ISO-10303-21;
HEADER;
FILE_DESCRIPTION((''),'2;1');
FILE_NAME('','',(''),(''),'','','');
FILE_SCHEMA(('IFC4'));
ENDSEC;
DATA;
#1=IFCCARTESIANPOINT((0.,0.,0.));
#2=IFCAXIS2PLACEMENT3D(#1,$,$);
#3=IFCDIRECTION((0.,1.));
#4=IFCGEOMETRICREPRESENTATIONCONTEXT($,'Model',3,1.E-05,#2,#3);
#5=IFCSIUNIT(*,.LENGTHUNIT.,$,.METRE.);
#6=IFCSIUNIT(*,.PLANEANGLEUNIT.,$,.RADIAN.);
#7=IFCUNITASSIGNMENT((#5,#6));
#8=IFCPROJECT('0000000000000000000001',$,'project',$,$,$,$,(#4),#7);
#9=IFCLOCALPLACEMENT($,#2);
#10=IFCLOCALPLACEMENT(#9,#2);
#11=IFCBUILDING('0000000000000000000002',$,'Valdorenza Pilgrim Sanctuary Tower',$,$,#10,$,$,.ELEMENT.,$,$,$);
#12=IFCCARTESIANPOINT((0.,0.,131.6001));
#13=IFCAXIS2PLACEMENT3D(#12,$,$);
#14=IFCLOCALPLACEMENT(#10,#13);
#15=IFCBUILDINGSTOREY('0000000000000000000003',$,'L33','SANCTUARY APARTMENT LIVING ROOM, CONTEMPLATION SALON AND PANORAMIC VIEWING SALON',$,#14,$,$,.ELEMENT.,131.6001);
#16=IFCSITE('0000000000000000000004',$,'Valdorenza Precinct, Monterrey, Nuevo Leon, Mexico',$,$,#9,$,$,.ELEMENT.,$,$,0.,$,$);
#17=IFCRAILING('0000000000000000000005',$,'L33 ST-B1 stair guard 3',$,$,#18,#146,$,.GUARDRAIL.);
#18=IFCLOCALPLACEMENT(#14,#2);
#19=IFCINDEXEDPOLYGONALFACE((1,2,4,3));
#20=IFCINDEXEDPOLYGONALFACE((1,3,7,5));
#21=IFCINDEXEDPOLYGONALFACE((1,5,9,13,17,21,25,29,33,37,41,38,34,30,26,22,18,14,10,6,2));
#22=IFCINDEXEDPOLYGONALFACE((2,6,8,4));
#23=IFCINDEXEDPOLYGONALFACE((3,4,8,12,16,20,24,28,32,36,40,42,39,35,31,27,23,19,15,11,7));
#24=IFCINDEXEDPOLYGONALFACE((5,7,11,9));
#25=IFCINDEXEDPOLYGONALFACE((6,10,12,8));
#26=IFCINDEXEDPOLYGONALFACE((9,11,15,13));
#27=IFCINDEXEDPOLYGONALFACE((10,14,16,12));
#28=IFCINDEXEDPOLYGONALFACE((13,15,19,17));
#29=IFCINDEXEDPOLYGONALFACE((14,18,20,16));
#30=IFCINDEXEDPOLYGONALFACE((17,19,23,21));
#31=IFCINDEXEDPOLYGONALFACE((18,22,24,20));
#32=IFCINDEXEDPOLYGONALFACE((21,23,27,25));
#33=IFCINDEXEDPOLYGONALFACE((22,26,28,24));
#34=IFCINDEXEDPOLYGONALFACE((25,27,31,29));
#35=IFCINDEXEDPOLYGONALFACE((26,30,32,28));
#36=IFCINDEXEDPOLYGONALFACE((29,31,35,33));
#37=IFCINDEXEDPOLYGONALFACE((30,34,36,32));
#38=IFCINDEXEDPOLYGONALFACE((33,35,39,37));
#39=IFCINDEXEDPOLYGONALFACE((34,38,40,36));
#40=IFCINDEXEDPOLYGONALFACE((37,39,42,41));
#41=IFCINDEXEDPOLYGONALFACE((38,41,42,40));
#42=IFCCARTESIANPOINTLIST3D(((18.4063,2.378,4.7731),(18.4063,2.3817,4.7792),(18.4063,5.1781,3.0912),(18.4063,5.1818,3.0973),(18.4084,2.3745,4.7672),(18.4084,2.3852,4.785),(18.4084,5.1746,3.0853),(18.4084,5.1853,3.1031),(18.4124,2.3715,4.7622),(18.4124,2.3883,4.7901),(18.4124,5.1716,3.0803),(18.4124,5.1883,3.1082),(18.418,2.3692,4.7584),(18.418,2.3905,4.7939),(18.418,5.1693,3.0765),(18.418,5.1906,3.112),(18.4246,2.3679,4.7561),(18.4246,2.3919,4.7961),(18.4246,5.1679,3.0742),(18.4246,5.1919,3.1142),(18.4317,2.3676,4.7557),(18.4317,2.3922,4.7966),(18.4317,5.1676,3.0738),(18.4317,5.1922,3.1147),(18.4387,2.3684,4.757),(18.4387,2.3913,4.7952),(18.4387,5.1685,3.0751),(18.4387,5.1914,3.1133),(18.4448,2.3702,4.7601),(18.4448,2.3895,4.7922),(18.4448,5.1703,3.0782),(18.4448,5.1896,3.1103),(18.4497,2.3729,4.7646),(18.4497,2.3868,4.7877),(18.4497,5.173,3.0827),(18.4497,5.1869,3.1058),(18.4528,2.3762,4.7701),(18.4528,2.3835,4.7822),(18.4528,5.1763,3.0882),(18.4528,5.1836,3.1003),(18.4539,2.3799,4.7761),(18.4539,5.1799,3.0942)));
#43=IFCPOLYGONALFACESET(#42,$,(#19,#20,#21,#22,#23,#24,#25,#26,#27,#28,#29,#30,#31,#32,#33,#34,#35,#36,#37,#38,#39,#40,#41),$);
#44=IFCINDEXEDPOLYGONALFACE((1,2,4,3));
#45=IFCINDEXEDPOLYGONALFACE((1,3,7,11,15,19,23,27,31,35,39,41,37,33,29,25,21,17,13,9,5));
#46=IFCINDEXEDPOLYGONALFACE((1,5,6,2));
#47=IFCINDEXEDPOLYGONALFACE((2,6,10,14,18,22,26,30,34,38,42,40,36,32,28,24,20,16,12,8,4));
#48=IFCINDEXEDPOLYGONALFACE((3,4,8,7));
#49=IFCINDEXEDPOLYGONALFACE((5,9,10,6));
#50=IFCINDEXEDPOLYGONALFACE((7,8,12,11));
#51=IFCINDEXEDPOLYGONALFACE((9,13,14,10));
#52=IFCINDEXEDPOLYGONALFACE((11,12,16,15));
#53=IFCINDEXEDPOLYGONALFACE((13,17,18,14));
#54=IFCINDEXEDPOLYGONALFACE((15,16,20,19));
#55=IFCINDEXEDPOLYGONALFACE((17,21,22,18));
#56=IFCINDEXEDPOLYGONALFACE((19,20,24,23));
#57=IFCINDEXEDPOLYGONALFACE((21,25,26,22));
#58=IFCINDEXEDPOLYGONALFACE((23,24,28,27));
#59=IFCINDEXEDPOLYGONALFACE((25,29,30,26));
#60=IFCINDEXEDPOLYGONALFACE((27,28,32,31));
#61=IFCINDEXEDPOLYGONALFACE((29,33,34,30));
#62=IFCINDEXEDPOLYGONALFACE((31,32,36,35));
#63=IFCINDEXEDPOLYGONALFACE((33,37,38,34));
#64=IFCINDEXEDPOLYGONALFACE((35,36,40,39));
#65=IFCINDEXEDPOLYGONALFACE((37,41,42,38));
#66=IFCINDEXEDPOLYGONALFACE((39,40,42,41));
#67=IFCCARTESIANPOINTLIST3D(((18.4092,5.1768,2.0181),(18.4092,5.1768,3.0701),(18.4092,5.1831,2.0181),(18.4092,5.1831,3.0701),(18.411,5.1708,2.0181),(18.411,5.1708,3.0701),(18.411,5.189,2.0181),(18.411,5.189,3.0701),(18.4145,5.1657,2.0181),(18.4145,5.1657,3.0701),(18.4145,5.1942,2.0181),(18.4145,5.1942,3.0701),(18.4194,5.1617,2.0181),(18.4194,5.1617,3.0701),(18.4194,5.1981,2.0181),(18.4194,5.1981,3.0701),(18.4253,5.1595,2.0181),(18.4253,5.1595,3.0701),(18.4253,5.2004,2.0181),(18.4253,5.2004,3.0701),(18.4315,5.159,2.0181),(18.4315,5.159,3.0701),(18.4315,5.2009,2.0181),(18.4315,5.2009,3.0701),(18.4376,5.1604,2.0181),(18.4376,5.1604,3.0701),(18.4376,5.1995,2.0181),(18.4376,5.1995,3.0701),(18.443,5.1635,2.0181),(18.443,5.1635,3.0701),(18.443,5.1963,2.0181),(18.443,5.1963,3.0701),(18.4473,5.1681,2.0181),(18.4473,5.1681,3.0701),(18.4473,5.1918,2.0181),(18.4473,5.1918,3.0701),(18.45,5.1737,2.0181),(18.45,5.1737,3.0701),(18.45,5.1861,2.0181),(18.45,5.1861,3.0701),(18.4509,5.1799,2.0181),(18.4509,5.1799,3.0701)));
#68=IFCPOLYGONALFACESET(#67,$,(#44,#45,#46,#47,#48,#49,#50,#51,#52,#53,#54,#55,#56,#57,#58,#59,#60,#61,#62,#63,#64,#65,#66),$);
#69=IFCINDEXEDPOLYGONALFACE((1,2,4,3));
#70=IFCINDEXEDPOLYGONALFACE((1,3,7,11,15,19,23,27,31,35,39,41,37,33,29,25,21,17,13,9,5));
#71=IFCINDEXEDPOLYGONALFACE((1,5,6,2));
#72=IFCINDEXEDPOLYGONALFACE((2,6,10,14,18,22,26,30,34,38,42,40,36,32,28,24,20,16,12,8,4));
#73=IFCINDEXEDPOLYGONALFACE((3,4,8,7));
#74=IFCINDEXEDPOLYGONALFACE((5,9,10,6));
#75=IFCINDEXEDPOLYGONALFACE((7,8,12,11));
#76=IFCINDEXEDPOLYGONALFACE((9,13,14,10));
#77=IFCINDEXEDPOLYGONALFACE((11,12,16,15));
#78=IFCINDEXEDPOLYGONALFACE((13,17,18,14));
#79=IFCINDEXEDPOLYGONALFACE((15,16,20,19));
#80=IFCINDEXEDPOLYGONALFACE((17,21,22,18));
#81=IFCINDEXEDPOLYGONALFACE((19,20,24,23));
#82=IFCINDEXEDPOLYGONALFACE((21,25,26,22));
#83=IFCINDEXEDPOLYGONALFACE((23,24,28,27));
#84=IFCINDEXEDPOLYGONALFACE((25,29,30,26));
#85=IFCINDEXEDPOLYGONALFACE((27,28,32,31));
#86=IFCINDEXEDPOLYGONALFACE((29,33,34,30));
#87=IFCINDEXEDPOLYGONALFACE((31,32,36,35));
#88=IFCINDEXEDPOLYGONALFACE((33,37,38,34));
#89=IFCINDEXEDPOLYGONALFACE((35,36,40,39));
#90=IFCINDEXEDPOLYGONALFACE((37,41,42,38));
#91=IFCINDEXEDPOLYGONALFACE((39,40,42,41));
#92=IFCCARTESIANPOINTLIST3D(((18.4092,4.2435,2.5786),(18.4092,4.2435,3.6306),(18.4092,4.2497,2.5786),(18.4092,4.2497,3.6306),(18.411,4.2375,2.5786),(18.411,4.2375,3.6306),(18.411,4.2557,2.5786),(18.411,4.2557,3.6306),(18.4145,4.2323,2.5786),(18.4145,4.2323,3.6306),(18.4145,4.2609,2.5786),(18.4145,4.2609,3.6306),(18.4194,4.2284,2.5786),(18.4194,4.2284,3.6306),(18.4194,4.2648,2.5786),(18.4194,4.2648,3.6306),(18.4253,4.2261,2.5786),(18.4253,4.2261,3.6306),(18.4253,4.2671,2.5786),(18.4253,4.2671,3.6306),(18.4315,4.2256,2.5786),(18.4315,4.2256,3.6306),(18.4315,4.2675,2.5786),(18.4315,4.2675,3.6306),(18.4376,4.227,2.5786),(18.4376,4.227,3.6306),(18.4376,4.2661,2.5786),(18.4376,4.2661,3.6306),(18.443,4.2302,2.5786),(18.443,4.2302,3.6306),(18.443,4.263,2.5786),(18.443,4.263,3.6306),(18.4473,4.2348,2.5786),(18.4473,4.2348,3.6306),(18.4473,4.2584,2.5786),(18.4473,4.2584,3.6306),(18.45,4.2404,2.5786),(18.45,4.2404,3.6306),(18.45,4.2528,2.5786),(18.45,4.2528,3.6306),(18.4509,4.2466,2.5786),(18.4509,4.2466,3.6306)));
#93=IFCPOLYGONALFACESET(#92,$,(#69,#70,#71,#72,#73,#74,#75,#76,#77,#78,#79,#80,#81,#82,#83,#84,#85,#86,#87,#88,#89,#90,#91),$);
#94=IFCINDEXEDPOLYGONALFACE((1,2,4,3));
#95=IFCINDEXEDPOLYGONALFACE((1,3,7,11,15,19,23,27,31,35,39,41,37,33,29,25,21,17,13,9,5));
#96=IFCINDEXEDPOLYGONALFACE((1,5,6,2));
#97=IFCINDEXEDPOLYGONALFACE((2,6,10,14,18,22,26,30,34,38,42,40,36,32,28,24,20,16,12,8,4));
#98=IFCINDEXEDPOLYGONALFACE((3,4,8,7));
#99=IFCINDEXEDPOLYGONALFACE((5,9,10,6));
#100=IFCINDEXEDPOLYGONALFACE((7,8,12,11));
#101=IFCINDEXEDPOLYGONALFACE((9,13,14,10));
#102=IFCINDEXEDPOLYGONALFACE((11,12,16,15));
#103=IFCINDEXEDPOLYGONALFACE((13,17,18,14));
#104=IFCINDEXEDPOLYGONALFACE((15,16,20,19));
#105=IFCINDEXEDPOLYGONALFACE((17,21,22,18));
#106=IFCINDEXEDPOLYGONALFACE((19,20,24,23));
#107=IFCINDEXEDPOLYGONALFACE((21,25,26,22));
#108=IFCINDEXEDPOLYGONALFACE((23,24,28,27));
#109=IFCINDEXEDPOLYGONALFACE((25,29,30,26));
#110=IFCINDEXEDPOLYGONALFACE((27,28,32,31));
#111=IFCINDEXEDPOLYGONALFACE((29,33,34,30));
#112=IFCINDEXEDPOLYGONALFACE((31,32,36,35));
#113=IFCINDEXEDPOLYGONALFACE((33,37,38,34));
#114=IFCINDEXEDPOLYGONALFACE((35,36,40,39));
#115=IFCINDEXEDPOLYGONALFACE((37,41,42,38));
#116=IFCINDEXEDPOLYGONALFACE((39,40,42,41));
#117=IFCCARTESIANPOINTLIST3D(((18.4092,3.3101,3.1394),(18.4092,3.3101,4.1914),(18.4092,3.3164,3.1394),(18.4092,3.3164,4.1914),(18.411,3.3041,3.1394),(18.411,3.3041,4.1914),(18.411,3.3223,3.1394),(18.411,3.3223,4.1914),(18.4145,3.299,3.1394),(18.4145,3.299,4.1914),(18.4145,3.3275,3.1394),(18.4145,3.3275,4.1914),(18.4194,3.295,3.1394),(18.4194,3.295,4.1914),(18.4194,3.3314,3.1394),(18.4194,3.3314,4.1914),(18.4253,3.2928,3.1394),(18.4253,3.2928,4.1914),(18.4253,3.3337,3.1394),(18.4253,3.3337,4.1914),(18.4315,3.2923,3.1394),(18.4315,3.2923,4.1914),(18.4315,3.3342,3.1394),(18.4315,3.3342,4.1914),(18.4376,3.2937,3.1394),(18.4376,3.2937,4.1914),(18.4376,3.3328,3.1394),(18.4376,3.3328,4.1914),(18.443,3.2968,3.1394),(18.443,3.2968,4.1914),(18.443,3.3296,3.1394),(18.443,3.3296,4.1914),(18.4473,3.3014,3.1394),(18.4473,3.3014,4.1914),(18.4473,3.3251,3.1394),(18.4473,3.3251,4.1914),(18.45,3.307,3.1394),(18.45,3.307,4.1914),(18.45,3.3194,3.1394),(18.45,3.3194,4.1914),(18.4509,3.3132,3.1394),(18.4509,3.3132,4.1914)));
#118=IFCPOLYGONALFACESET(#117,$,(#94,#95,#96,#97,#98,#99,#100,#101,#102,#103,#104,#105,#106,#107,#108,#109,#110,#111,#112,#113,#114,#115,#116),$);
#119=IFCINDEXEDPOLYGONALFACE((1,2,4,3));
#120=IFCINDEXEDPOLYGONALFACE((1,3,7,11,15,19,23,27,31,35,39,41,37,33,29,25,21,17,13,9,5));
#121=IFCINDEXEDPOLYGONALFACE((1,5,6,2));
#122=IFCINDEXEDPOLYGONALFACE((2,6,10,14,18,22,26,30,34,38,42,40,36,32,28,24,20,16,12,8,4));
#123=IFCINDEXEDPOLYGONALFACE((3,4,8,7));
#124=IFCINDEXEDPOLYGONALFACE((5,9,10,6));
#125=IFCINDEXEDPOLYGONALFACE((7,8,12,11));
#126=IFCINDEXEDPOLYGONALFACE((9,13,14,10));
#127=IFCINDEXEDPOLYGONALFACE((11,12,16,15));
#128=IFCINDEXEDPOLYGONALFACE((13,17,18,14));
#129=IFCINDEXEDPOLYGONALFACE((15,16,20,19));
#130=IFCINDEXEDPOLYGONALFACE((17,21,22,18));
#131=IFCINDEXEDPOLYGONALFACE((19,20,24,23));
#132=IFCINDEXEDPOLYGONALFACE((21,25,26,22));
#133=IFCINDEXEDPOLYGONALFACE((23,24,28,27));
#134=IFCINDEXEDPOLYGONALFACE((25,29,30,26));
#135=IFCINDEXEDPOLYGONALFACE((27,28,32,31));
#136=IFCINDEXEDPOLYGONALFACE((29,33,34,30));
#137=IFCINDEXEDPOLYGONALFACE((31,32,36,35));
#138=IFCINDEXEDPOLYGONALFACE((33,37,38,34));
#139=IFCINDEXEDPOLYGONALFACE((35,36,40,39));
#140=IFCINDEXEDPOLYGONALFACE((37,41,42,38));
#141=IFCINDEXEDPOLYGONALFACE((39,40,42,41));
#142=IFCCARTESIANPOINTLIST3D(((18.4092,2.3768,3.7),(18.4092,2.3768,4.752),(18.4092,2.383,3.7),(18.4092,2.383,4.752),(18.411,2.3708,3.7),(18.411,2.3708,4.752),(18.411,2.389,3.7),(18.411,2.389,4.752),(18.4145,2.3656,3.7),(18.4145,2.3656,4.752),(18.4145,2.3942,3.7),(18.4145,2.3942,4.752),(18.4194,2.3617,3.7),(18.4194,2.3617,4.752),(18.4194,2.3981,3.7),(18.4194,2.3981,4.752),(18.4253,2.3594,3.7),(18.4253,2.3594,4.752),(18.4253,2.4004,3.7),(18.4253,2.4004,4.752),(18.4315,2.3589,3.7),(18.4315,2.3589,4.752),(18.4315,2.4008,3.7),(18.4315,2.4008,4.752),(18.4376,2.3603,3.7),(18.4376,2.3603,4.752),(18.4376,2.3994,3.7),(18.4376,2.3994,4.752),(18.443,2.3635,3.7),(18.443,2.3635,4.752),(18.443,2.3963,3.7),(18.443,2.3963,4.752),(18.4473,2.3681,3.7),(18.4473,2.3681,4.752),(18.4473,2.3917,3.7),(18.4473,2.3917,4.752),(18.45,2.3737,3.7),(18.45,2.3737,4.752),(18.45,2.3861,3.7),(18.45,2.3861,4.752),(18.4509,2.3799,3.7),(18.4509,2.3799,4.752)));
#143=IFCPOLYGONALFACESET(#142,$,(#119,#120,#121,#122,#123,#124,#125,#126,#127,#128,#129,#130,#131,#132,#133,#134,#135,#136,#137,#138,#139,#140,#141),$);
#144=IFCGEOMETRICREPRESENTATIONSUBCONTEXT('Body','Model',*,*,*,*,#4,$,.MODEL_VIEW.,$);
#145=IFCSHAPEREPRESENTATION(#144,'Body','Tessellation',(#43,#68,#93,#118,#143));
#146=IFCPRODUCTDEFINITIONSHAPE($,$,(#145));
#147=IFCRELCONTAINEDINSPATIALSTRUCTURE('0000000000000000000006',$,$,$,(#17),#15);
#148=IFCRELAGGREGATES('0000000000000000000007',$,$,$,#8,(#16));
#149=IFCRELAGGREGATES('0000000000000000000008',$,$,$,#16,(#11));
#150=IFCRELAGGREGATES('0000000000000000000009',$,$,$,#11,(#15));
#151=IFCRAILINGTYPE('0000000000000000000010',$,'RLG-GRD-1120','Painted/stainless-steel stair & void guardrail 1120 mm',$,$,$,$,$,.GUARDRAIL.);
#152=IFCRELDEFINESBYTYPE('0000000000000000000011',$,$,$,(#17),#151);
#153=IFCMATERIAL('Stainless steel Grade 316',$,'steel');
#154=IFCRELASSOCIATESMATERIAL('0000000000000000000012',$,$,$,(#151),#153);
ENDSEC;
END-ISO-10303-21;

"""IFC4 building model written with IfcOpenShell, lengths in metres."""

from ifc_helpers import new_model, si_unit, direction, frame, origin, origin_2d, place, context, subcontext, project, spatial, circle, extrude, material, type_object, element, save


model = new_model("IFC4")

# Units and contexts
model_context = context("Model", 3, precision=1e-05, world=origin(), true_north=direction((0.0, 1.0)))
body_context = subcontext(model_context, "Body", "Model", "MODEL_VIEW")
ifc_project = project(units=[si_unit("LENGTHUNIT", "METRE"), si_unit("PLANEANGLEUNIT", "RADIAN")], contexts=[model_context])

# Site, building, storey
site_placement = place(None, origin())
site = spatial("IfcSite", under=ifc_project, at=site_placement, Name="Valdorenza Precinct, Monterrey, Nuevo Leon, Mexico", CompositionType="ELEMENT", RefElevation=0.0)
building_placement = place(site_placement, origin())
building = spatial("IfcBuilding", under=site, at=building_placement, Name="Valdorenza Pilgrim Sanctuary Tower", CompositionType="ELEMENT")
storey_placement = place(building_placement, frame((0.0, 0.0, 131.6001)))
storey = spatial("IfcBuildingStorey", under=building, at=storey_placement, Name="L33", Description="SANCTUARY APARTMENT LIVING ROOM, CONTEMPLATION SALON AND PANORAMIC VIEWING SALON", CompositionType="ELEMENT", Elevation=131.6001)

# Railing
ifc_material_1 = material(Name="Stainless steel Grade 316", Category="steel")
railing_type_1 = type_object("IfcRailingType", Name="RLG-GRD-1120", Description="Painted/stainless-steel stair & void guardrail 1120 mm", PredefinedType="GUARDRAIL", material=ifc_material_1)
railing_1_placement = place(storey_placement, frame((18.4299, 5.1799, 2.0181)))
element("IfcRailing", 1, at=railing_1_placement, inside=storey, type_object=railing_type_1, Name="L33 ST-B1 stair guard 3", PredefinedType="GUARDRAIL", context=body_context, shape_type="SweptSolid", body=[
    extrude(circle(Radius=0.0239, at=origin_2d()), frame((0.0, 0.0, 1.0762), z_axis=(0.0, -0.857242, 0.514913), x_axis=(1.0, 0.0, 0.0)), (0.0, 0.0, 1.0), 3.2664),
    extrude(circle(Radius=0.021, at=origin_2d()), origin(), (0.0, 0.0, 1.0), 1.052),
    extrude(circle(Radius=0.021, at=origin_2d()), frame((0.0, -0.9333, 0.5605)), (0.0, 0.0, 1.0), 1.052),
    extrude(circle(Radius=0.021, at=origin_2d()), frame((0.0, -1.8667, 1.1213)), (0.0, 0.0, 1.0), 1.052),
    extrude(circle(Radius=0.021, at=origin_2d()), frame((0.0, -2.8, 1.6819)), (0.0, 0.0, 1.0), 1.052),
])

save(model, "model.ifc")
